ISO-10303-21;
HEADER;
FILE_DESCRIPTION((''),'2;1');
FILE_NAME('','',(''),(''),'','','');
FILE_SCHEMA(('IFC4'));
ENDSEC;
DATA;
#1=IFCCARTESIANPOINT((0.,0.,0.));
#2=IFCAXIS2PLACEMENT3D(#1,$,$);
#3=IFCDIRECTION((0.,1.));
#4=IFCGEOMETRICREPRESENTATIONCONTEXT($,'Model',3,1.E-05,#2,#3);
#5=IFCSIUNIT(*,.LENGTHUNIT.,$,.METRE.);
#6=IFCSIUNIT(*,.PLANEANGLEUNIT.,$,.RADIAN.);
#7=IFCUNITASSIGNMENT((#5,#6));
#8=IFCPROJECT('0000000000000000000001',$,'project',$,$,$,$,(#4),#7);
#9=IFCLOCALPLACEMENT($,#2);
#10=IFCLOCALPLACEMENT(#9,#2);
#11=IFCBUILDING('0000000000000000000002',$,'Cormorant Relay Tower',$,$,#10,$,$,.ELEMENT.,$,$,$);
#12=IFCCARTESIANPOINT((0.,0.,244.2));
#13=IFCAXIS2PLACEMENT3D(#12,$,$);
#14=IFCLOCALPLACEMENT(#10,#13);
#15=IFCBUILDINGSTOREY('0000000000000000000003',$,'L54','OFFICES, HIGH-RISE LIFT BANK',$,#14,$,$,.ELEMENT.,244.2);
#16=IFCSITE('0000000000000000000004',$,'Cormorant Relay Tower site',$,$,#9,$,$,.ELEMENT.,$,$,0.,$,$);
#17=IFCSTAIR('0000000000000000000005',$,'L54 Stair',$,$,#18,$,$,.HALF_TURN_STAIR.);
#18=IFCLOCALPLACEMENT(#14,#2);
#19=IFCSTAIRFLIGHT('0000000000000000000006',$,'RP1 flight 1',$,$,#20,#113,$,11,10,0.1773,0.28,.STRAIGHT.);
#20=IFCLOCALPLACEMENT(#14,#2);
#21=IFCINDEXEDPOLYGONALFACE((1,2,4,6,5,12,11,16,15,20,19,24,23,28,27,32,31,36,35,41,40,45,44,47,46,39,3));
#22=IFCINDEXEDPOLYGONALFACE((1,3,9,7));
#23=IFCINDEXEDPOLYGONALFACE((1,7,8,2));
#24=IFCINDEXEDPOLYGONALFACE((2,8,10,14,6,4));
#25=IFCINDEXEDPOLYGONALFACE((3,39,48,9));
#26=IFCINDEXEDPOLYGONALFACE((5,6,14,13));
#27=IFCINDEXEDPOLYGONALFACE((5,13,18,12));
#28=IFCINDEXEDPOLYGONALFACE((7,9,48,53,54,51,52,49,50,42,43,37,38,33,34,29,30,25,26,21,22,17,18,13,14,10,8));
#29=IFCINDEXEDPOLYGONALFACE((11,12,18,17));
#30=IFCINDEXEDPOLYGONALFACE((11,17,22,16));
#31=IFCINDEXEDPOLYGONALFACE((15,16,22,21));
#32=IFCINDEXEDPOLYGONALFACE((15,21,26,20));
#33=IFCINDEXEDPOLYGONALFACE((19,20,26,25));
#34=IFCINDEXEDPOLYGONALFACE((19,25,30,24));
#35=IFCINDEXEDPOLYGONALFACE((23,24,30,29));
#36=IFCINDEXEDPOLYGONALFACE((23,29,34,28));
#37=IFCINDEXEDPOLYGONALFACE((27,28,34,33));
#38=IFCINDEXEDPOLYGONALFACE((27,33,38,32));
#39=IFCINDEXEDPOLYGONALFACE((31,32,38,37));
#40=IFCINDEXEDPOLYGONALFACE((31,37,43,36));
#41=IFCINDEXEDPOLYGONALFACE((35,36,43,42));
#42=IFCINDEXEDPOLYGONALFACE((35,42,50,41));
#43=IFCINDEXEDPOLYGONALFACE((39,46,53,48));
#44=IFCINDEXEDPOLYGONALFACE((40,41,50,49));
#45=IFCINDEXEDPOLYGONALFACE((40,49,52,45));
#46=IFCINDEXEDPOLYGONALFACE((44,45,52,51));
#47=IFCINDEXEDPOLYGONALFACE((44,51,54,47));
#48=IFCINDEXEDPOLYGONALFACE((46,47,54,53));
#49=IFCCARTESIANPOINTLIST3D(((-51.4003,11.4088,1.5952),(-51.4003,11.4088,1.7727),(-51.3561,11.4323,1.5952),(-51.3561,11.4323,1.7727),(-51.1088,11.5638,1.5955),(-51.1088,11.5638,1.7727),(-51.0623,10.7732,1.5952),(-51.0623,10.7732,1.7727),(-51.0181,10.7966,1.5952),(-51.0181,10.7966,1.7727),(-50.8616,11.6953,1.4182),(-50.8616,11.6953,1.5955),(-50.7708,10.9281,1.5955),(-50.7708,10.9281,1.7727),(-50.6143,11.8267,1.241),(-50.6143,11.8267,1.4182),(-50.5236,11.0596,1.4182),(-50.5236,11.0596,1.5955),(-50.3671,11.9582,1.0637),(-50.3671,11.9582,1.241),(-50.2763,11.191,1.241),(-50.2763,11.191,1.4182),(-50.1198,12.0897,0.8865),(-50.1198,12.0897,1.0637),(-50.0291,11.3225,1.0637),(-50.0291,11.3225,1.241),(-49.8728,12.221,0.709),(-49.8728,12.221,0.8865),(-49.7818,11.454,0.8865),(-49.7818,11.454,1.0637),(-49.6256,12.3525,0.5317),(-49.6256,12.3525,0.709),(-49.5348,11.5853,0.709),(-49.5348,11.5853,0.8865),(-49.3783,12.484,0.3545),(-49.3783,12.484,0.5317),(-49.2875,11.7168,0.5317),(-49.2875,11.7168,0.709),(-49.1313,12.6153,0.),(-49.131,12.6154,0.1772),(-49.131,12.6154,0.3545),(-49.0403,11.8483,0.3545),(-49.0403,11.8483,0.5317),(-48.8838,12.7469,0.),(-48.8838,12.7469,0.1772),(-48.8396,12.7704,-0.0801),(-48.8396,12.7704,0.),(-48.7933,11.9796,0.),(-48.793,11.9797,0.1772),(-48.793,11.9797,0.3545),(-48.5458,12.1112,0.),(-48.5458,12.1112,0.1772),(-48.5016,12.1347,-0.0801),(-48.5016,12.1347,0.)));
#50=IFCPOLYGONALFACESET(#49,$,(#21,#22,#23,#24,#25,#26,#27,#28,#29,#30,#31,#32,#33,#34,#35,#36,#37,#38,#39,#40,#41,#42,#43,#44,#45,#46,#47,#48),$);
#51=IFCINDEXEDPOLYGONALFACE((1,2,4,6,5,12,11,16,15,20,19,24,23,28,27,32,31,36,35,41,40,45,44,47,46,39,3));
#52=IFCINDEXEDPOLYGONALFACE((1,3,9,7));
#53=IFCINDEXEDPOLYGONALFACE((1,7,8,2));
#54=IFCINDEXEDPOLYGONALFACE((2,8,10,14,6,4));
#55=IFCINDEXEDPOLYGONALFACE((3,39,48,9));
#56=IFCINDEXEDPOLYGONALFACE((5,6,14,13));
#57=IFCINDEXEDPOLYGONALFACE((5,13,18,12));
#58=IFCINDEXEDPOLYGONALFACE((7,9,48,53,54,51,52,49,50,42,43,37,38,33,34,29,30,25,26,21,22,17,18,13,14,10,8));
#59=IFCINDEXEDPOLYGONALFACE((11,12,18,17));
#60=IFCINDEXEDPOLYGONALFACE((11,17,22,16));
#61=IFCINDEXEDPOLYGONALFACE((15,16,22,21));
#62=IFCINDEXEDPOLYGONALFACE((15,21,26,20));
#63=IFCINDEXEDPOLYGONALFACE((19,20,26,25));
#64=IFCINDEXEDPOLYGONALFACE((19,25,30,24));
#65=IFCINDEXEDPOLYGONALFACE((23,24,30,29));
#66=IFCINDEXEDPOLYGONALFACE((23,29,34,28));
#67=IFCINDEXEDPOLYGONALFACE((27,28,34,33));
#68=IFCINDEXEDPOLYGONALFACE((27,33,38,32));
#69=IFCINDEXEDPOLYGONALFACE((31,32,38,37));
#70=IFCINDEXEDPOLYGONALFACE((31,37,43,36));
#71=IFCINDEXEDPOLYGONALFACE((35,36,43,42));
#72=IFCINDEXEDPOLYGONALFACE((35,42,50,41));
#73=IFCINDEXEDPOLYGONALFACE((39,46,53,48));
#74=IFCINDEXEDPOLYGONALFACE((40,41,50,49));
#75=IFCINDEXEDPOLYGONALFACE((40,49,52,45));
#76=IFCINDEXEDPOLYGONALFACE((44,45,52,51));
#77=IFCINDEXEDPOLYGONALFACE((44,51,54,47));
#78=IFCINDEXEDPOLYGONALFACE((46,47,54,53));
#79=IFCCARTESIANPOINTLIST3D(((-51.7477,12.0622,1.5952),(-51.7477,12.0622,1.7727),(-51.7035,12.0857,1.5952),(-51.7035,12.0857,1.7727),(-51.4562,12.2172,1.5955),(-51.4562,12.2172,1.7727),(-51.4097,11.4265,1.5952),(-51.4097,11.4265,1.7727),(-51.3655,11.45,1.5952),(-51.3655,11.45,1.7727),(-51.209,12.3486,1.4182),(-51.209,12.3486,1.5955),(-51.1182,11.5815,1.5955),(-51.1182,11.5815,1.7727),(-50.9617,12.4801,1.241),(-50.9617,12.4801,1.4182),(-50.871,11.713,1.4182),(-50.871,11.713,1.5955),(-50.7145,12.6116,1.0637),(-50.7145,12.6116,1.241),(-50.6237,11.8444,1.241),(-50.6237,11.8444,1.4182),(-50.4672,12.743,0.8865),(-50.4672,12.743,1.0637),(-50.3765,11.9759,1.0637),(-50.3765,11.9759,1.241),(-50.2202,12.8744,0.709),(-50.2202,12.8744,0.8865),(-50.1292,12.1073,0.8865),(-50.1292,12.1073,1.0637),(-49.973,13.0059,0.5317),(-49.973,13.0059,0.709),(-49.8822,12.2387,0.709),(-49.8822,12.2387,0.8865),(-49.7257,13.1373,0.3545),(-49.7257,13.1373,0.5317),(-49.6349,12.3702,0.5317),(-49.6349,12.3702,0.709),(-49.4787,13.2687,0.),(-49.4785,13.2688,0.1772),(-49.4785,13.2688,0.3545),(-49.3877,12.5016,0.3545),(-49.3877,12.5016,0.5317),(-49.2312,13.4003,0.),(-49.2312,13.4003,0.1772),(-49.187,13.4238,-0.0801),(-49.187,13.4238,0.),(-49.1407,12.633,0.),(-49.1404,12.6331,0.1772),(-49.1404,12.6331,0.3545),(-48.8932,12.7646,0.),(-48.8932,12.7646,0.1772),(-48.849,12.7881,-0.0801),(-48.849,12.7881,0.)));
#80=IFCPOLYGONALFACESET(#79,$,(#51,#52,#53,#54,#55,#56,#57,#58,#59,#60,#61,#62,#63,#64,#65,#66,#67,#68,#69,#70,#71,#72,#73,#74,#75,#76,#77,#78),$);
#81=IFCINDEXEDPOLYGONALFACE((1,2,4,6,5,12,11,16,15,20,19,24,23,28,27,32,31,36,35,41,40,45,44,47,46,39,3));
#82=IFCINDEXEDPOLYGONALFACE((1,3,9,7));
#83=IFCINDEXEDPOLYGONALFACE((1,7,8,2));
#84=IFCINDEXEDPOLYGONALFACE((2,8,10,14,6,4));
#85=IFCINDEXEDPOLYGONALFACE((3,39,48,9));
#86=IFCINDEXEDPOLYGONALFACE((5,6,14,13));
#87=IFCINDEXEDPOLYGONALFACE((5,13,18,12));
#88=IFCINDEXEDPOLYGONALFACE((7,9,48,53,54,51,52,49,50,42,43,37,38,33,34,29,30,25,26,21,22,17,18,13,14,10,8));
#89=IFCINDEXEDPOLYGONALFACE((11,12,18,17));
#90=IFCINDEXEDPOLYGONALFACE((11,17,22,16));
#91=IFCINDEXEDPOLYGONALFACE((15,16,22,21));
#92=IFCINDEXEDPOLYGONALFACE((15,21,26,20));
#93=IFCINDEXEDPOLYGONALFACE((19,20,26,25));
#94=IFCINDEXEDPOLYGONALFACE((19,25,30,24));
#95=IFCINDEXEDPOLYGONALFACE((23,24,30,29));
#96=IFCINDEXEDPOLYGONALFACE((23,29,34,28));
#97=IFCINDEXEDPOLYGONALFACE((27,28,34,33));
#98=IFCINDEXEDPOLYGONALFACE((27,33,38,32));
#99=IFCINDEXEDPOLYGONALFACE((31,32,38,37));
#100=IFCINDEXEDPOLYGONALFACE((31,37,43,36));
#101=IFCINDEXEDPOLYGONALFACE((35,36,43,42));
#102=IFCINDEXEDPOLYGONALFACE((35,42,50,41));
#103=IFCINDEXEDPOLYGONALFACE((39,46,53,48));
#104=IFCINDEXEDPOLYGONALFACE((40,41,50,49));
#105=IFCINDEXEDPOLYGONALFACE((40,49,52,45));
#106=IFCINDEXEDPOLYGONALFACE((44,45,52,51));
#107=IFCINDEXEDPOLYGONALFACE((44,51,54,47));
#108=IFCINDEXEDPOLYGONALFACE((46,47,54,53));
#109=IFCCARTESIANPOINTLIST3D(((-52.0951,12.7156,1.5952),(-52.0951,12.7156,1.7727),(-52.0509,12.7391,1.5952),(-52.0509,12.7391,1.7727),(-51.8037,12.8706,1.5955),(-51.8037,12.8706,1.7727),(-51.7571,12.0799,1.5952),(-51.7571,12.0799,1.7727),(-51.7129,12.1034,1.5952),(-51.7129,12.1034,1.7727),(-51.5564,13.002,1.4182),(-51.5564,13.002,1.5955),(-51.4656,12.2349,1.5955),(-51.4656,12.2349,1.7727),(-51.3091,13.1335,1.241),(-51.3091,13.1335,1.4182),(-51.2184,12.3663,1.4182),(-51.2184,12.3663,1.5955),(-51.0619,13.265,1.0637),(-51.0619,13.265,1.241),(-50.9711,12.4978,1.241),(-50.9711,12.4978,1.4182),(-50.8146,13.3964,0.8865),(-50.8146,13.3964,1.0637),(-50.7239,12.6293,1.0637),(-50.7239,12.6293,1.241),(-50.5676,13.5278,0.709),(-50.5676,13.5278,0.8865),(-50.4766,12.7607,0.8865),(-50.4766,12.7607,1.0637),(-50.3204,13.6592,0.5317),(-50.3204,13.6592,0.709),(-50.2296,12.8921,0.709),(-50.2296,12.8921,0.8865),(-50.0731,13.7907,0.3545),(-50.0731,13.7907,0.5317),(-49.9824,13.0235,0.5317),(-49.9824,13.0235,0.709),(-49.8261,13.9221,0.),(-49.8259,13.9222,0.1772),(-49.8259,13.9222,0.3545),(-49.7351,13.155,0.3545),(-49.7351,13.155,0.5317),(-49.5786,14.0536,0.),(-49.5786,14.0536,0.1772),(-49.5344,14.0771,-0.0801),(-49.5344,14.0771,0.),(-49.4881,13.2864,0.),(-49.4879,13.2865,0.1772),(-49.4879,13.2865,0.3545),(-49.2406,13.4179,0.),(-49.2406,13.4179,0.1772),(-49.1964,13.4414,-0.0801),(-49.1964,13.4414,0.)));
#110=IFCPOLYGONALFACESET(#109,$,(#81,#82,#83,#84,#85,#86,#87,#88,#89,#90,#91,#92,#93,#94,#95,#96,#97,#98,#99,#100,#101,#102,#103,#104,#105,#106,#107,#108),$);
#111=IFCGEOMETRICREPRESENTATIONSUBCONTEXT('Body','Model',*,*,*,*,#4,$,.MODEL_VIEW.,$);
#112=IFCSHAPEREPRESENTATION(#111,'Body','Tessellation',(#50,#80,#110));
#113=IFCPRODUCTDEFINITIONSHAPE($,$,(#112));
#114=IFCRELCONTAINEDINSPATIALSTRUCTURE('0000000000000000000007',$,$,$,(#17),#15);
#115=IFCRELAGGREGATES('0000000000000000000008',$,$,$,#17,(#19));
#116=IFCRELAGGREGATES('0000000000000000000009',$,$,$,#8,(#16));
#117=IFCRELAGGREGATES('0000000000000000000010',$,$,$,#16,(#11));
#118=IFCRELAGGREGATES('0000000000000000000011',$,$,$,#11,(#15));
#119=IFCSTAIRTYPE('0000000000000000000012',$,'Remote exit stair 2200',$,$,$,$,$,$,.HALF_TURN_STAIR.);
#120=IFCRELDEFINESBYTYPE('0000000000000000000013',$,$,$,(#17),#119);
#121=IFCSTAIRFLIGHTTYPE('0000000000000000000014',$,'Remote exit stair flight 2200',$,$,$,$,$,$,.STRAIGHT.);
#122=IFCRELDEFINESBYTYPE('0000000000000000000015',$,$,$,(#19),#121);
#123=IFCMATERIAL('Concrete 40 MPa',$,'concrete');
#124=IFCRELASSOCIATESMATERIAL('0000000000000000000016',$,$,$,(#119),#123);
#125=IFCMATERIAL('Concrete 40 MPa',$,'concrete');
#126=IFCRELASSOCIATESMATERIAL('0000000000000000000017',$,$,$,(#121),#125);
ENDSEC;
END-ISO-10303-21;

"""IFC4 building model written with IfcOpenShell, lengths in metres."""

from ifc_helpers import new_model, si_unit, direction, frame, origin, place, context, subcontext, project, spatial, polyline, outline, extrude, material, type_object, element, aggregate, save


model = new_model("IFC4")

# Units and contexts
model_context = context("Model", 3, precision=1e-05, world=origin(), true_north=direction((0.0, 1.0)))
body_context = subcontext(model_context, "Body", "Model", "MODEL_VIEW")
ifc_project = project(units=[si_unit("LENGTHUNIT", "METRE"), si_unit("PLANEANGLEUNIT", "RADIAN")], contexts=[model_context])

# Site, building, storey
site_placement = place(None, origin())
site = spatial("IfcSite", under=ifc_project, at=site_placement, Name="Cormorant Relay Tower site", CompositionType="ELEMENT", RefElevation=0.0)
building_placement = place(site_placement, origin())
building = spatial("IfcBuilding", under=site, at=building_placement, Name="Cormorant Relay Tower", CompositionType="ELEMENT")
storey_placement = place(building_placement, frame((0.0, 0.0, 244.2)))
storey = spatial("IfcBuildingStorey", under=building, at=storey_placement, Name="L54", Description="OFFICES, HIGH-RISE LIFT BANK", CompositionType="ELEMENT", Elevation=244.2)

# Stair, stair flight
ifc_material_1 = material(Name="Concrete 40 MPa", Category="concrete")
stair_type = type_object("IfcStairType", Name="Remote exit stair 2200", PredefinedType="HALF_TURN_STAIR", material=ifc_material_1)
stair_placement = place(storey_placement, origin())
stair = element("IfcStair", 1, at=stair_placement, inside=storey, type_object=stair_type, Name="L54 Stair", PredefinedType="HALF_TURN_STAIR")
ifc_material_2 = material(Name="Concrete 40 MPa", Category="concrete")
stair_flight_type = type_object("IfcStairFlightType", Name="Remote exit stair flight 2200", PredefinedType="STRAIGHT", material=ifc_material_2)
stair_flight_1_placement = place(storey_placement, frame((-49.0623, 13.0825, 0.0), z_axis=(0.0, 0.0, 1.0), x_axis=(-0.882948, -0.469472, 0.0)))
stair_flight_1 = element("IfcStairFlight", 2, at=stair_flight_1_placement, type_object=stair_flight_type, Name="RP1 flight 1", NumberOfRisers=11, NumberOfTreads=10, PredefinedType="STRAIGHT", RiserHeight=0.1773, TreadLength=0.28, context=body_context, shape_type="SweptSolid", body=[
    extrude(outline(polyline([(-0.05, -0.0801), (-0.05, 0.0), (0.0, 0.0), (0.0, 0.1772), (0.28, 0.1772), (0.28, 0.3545), (0.5601, 0.3545), (0.5601, 0.5317), (0.8401, 0.5317), (0.8401, 0.709), (1.1201, 0.709), (1.1201, 0.8865), (1.3999, 0.8865), (1.3999, 1.0637), (1.6799, 1.0637), (1.6799, 1.241), (1.96, 1.241), (1.96, 1.4182), (2.24, 1.4182), (2.24, 1.5955), (2.52, 1.5955), (2.52, 1.7727), (2.8, 1.7727), (2.8501, 1.7727), (2.8501, 1.5952), (2.8, 1.5952), (0.2803, 0.0), (-0.05, -0.0801)])), frame((0.0, 1.1001, 0.0), z_axis=(0.0, -1.0, 0.0), x_axis=(1.0, 0.0, 0.0)), (0.0, 0.0, 1.0), 0.72),
    extrude(outline(polyline([(-0.05, -0.0801), (-0.05, 0.0), (0.0, 0.0), (0.0, 0.1772), (0.28, 0.1772), (0.28, 0.3545), (0.5601, 0.3545), (0.5601, 0.5317), (0.8401, 0.5317), (0.8401, 0.709), (1.1201, 0.709), (1.1201, 0.8865), (1.3999, 0.8865), (1.3999, 1.0637), (1.6799, 1.0637), (1.6799, 1.241), (1.96, 1.241), (1.96, 1.4182), (2.24, 1.4182), (2.24, 1.5955), (2.52, 1.5955), (2.52, 1.7727), (2.8, 1.7727), (2.8501, 1.7727), (2.8501, 1.5952), (2.8, 1.5952), (0.2803, 0.0), (-0.05, -0.0801)])), frame((0.0, 0.3601, 0.0), z_axis=(0.0, -1.0, 0.0), x_axis=(1.0, 0.0, 0.0)), (0.0, 0.0, 1.0), 0.72),
    extrude(outline(polyline([(-0.05, -0.0801), (-0.05, 0.0), (0.0, 0.0), (0.0, 0.1772), (0.28, 0.1772), (0.28, 0.3545), (0.5601, 0.3545), (0.5601, 0.5317), (0.8401, 0.5317), (0.8401, 0.709), (1.1201, 0.709), (1.1201, 0.8865), (1.3999, 0.8865), (1.3999, 1.0637), (1.6799, 1.0637), (1.6799, 1.241), (1.96, 1.241), (1.96, 1.4182), (2.24, 1.4182), (2.24, 1.5955), (2.52, 1.5955), (2.52, 1.7727), (2.8, 1.7727), (2.8501, 1.7727), (2.8501, 1.5952), (2.8, 1.5952), (0.2803, 0.0), (-0.05, -0.0801)])), frame((0.0, -0.3799, 0.0), z_axis=(0.0, -1.0, 0.0), x_axis=(1.0, 0.0, 0.0)), (0.0, 0.0, 1.0), 0.72),
])
aggregate(stair, [stair_flight_1])

save(model, "model.ifc")
